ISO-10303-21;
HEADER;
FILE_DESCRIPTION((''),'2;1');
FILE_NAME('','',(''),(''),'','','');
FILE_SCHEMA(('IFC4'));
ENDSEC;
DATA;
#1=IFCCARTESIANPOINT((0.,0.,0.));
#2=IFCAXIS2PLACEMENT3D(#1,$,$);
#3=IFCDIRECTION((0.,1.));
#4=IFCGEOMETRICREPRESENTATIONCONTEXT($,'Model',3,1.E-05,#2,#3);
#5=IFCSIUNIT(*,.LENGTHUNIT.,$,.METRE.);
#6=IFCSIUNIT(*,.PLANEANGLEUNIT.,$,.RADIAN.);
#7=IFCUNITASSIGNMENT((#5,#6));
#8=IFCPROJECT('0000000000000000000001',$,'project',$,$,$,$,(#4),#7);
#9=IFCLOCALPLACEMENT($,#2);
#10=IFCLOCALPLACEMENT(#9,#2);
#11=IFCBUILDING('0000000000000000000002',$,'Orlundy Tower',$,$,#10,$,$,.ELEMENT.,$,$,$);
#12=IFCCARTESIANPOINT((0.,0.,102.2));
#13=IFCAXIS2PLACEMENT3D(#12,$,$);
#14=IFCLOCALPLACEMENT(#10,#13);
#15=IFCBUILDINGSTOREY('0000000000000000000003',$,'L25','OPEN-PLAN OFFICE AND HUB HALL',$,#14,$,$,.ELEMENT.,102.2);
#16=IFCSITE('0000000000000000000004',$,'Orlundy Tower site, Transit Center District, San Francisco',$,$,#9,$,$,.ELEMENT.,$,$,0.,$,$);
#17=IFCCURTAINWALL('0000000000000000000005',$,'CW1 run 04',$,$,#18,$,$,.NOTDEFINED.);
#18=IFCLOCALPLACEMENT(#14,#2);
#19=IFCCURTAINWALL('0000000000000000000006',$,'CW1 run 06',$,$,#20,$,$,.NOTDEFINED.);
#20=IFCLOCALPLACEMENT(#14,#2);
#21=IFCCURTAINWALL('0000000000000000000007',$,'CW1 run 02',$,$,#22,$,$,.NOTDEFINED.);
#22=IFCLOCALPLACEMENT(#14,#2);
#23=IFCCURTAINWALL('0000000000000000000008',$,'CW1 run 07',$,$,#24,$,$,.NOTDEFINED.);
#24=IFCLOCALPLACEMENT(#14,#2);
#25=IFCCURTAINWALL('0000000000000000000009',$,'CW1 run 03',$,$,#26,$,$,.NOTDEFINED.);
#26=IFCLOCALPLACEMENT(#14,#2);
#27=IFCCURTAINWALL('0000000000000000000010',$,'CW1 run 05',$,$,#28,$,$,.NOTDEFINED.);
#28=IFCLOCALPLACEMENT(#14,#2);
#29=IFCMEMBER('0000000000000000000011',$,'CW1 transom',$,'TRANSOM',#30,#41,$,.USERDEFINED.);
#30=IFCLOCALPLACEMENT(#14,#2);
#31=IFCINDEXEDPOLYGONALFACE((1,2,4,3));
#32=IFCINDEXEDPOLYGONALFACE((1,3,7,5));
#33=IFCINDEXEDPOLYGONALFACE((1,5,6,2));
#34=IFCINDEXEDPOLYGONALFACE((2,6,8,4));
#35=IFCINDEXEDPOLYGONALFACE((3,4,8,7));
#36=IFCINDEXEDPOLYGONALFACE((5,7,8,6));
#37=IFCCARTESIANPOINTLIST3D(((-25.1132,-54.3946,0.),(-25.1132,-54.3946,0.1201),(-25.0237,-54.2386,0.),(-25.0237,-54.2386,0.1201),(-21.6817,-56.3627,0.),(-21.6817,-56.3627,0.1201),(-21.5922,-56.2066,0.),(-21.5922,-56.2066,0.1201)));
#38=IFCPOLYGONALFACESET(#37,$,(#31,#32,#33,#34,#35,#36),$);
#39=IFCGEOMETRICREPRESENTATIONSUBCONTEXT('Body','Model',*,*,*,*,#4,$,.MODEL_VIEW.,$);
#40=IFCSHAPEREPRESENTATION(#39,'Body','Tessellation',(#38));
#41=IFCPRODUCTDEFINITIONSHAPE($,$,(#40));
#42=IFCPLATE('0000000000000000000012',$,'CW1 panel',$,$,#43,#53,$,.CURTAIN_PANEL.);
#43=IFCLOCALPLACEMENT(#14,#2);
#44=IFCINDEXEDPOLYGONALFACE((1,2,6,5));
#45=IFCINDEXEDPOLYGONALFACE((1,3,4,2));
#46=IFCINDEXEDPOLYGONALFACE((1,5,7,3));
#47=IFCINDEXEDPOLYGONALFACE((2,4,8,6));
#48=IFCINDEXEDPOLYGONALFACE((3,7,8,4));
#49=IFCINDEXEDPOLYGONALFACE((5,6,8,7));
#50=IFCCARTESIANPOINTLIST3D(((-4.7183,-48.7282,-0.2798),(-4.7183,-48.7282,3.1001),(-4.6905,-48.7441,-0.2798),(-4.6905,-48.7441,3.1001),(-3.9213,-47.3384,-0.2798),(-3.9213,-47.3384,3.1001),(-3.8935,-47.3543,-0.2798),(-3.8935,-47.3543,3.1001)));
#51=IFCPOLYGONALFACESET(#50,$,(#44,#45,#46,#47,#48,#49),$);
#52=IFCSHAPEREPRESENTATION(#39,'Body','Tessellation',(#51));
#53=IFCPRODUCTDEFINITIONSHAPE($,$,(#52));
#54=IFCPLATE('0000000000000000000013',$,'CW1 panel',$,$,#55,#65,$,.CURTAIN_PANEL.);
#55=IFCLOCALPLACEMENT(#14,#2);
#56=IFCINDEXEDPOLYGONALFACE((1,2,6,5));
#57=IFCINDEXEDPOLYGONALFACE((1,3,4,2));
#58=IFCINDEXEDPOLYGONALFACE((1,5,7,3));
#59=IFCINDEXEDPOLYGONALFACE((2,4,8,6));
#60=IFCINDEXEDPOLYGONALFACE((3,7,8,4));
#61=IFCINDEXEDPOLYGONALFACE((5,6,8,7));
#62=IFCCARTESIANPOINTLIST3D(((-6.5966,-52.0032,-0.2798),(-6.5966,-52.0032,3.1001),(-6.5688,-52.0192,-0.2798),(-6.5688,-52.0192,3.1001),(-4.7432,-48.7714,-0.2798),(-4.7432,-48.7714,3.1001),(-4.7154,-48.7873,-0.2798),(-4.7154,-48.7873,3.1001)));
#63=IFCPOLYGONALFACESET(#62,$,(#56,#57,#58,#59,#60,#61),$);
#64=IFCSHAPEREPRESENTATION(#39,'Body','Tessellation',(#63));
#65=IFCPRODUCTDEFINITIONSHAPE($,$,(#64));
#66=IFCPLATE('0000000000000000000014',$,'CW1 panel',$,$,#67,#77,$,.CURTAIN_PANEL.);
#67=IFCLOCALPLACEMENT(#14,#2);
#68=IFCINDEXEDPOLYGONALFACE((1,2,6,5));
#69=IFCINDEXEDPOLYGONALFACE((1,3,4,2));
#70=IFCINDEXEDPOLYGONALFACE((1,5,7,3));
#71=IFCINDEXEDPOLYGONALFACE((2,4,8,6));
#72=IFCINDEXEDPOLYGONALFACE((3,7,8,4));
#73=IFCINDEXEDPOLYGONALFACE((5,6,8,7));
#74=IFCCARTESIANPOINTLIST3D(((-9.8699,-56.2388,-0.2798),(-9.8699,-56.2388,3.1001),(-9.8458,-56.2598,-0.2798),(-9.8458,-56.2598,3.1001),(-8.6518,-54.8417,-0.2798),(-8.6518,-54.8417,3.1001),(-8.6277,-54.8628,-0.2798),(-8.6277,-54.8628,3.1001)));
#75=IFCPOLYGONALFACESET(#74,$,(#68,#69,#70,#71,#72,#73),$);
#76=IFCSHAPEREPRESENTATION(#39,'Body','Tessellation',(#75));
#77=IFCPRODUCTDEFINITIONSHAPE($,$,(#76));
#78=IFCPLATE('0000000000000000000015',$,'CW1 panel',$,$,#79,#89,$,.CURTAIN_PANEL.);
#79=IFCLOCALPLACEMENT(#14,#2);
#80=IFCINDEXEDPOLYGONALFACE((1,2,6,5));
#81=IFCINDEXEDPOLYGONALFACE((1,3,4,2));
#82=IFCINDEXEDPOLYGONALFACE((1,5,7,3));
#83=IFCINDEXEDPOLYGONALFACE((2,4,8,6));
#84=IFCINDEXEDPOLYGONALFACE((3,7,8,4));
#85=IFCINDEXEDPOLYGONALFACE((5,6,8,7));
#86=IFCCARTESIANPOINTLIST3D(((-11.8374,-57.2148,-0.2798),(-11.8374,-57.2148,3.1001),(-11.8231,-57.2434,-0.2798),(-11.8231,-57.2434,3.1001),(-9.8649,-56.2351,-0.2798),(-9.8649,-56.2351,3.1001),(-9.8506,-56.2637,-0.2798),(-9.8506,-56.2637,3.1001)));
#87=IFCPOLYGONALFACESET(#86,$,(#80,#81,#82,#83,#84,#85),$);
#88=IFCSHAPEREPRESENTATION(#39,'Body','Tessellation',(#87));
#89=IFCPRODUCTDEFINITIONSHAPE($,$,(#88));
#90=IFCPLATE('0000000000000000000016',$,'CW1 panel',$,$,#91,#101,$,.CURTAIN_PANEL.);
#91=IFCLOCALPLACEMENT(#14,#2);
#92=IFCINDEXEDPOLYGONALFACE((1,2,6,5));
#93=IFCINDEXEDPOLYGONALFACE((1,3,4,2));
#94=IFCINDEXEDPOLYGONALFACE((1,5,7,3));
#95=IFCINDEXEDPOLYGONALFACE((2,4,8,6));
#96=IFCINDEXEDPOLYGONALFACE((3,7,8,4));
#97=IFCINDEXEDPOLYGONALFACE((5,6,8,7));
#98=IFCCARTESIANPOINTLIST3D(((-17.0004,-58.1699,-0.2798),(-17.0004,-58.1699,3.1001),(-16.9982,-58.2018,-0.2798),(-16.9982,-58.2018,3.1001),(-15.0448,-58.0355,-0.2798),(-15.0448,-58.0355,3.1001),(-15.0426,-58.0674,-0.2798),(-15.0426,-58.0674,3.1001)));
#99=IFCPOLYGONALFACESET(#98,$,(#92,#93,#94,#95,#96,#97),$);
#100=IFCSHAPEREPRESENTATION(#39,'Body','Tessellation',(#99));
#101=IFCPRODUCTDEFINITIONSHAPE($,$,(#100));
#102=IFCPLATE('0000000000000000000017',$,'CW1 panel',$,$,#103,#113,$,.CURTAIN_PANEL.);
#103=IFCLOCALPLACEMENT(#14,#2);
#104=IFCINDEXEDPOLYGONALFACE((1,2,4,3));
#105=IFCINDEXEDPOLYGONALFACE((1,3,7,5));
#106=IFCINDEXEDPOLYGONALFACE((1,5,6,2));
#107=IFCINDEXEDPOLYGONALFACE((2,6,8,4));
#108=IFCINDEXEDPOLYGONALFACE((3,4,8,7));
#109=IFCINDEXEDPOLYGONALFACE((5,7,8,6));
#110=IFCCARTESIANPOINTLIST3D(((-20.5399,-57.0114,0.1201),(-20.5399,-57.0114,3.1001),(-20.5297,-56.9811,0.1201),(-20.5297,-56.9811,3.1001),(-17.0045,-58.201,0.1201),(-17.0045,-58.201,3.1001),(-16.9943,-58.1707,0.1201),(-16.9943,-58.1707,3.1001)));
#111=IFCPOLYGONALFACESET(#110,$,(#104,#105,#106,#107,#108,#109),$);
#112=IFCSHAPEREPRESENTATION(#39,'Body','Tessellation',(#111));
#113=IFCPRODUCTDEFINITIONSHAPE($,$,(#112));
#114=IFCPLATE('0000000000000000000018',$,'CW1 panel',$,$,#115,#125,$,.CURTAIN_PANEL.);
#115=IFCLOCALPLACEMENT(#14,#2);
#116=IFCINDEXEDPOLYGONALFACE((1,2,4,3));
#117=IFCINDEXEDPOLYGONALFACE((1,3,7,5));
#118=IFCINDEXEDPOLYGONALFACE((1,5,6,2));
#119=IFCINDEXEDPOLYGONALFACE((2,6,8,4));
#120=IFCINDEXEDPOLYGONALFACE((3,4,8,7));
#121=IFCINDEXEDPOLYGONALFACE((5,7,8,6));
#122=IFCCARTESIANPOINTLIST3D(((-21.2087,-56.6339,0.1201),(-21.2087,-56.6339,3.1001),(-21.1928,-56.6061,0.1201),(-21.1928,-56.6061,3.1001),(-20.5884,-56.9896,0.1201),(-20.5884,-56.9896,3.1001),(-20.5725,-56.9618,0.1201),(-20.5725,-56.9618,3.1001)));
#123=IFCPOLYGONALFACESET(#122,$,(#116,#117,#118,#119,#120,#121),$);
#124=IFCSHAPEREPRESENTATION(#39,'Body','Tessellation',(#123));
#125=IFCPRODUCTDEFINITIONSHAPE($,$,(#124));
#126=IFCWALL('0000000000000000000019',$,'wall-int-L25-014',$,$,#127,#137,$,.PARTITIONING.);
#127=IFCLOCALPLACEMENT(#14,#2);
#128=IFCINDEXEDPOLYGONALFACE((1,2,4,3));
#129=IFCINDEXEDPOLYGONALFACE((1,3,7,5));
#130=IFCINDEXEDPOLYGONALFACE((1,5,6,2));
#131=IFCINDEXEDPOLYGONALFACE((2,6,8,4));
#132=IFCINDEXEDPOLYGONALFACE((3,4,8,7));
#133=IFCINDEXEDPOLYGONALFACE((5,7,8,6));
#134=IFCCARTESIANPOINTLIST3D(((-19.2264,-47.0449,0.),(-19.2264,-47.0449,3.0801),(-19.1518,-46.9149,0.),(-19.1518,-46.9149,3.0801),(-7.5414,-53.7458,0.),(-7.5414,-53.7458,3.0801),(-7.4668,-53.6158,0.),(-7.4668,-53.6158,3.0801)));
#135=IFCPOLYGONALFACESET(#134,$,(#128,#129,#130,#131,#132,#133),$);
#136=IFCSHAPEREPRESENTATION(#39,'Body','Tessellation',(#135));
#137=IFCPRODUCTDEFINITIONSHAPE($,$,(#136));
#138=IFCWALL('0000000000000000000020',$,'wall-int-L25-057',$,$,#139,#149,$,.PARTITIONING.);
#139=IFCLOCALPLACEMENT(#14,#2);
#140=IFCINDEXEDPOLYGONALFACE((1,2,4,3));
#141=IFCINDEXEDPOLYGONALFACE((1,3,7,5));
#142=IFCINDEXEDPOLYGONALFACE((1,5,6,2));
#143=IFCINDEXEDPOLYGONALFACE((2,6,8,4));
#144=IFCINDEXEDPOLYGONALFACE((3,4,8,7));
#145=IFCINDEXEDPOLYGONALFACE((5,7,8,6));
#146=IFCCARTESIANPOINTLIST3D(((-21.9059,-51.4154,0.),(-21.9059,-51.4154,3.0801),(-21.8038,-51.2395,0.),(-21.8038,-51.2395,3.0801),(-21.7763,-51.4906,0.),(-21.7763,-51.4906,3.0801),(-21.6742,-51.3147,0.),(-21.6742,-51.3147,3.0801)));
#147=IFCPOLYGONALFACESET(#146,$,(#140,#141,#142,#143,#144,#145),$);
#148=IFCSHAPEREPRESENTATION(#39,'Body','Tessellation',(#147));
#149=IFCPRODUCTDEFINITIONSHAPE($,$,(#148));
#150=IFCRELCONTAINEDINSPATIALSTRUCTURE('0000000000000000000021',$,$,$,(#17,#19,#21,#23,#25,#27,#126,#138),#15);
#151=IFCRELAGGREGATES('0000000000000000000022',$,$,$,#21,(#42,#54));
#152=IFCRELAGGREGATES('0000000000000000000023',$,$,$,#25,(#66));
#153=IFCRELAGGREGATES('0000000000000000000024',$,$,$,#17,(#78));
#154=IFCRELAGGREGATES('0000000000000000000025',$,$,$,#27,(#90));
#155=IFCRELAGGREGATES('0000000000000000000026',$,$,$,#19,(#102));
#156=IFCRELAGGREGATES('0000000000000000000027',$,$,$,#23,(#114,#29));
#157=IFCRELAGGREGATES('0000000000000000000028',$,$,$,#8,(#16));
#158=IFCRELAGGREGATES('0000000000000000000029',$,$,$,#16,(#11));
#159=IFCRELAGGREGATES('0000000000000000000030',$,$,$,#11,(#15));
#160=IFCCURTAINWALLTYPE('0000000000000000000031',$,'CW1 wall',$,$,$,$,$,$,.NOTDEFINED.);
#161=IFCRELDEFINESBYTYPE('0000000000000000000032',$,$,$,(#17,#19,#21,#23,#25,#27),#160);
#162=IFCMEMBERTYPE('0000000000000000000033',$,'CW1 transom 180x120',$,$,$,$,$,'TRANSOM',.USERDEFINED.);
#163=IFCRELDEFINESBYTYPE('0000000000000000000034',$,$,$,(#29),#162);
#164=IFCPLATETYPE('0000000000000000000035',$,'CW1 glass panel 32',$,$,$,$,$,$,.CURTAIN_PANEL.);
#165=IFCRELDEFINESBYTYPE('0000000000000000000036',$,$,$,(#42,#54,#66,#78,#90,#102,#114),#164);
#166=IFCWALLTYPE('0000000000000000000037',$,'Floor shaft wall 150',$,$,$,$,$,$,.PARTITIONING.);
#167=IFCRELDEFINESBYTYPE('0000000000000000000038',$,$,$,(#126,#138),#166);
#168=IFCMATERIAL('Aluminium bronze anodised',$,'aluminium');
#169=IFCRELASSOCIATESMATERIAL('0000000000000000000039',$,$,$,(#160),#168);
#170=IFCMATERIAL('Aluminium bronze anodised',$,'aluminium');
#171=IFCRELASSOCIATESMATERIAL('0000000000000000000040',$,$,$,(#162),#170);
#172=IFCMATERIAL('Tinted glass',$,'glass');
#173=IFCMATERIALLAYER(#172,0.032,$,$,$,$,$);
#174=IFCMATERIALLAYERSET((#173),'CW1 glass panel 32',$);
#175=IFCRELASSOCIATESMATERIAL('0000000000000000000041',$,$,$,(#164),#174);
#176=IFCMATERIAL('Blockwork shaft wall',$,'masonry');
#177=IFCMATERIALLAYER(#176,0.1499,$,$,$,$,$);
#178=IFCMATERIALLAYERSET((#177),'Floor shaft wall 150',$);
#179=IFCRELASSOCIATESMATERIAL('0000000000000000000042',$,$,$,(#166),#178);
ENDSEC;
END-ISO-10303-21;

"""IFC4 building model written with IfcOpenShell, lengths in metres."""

from ifc_helpers import new_model, si_unit, direction, frame, frame_2d, origin, origin_2d, place, context, subcontext, project, spatial, rectangle, extrude, material, layer, layer_set, material_profile, profile_set, type_object, element, aggregate, save


model = new_model("IFC4")

# Units and contexts
model_context = context("Model", 3, precision=1e-05, world=origin(), true_north=direction((0.0, 1.0)))
body_context = subcontext(model_context, "Body", "Model", "MODEL_VIEW")
ifc_project = project(units=[si_unit("LENGTHUNIT", "METRE"), si_unit("PLANEANGLEUNIT", "RADIAN")], contexts=[model_context])

# Site, building, storey
site_placement = place(None, origin())
site = spatial("IfcSite", under=ifc_project, at=site_placement, Name="Orlundy Tower site, Transit Center District, San Francisco", CompositionType="ELEMENT", RefElevation=0.0)
building_placement = place(site_placement, origin())
building = spatial("IfcBuilding", under=site, at=building_placement, Name="Orlundy Tower", CompositionType="ELEMENT")
storey_placement = place(building_placement, frame((0.0, 0.0, 102.2)))
storey = spatial("IfcBuildingStorey", under=building, at=storey_placement, Name="L25", Description="OPEN-PLAN OFFICE AND HUB HALL", CompositionType="ELEMENT", Elevation=102.2)

# Curtain walls
ifc_material_1 = material(Name="Aluminium bronze anodised", Category="aluminium")
curtain_wall_type = type_object("IfcCurtainWallType", Name="CW1 wall", PredefinedType="NOTDEFINED", material=ifc_material_1)
curtain_wall_1_placement = place(storey_placement, origin())
curtain_wall_1 = element("IfcCurtainWall", 1, at=curtain_wall_1_placement, inside=storey, type_object=curtain_wall_type, Name="CW1 run 04", PredefinedType="NOTDEFINED")
curtain_wall_2_placement = place(storey_placement, origin())
curtain_wall_2 = element("IfcCurtainWall", 2, at=curtain_wall_2_placement, inside=storey, type_object=curtain_wall_type, Name="CW1 run 06", PredefinedType="NOTDEFINED")
curtain_wall_3_placement = place(storey_placement, origin())
curtain_wall_3 = element("IfcCurtainWall", 3, at=curtain_wall_3_placement, inside=storey, type_object=curtain_wall_type, Name="CW1 run 02", PredefinedType="NOTDEFINED")
curtain_wall_4_placement = place(storey_placement, origin())
curtain_wall_4 = element("IfcCurtainWall", 4, at=curtain_wall_4_placement, inside=storey, type_object=curtain_wall_type, Name="CW1 run 07", PredefinedType="NOTDEFINED")

# Shared definitions
ifc_material_2 = material(Name="Aluminium bronze anodised", Category="aluminium")
ifc_material_profile_1 = material_profile(ifc_material_2, rectangle(XDim=0.1799, YDim=0.1201, at=origin_2d()), Name="CW1 transom 180x120")
ifc_profile_set_1 = profile_set([ifc_material_profile_1], Name="Aluminium bronze anodised")
member_type_1 = type_object("IfcMemberType", Name="CW1 transom 180x120", ElementType="TRANSOM", PredefinedType="USERDEFINED", material=ifc_profile_set_1)

# Curtain wall
curtain_wall_5_placement = place(storey_placement, origin())
curtain_wall_5 = element("IfcCurtainWall", 5, at=curtain_wall_5_placement, inside=storey, type_object=curtain_wall_type, Name="CW1 run 03", PredefinedType="NOTDEFINED")

# Curtain wall
curtain_wall_6_placement = place(storey_placement, origin())
curtain_wall_6 = element("IfcCurtainWall", 6, at=curtain_wall_6_placement, inside=storey, type_object=curtain_wall_type, Name="CW1 run 05", PredefinedType="NOTDEFINED")

# Member
member_1_placement = place(storey_placement, frame((-21.637, -56.2847, 0.0601), z_axis=(-0.867456, 0.497514, 0.0), x_axis=(-0.497514, -0.867456, 0.0)))
member_1 = element("IfcMember", 7, at=member_1_placement, type_object=member_type_1, Name="CW1 transom", ObjectType="TRANSOM", PredefinedType="USERDEFINED", context=body_context, shape_type="SweptSolid", body=[
    extrude(rectangle(XDim=0.1799, YDim=0.1201, at=origin_2d()), origin(), (0.0, 0.0, 1.0), 3.9558),
])

# Plates
ifc_material_3 = material(Name="Tinted glass", Category="glass")
ifc_layer_1 = layer(ifc_material_3, 0.032)
ifc_layer_set_1 = layer_set([ifc_layer_1], Name="CW1 glass panel 32")
plate_type = type_object("IfcPlateType", Name="CW1 glass panel 32", PredefinedType="CURTAIN_PANEL", material=ifc_layer_set_1)
plate_1_placement = place(storey_placement, frame((-4.3059, -48.0413, -0.2798), z_axis=(0.0, 0.0, 1.0), x_axis=(-0.497473, -0.867479, 0.0)))
plate_1 = element("IfcPlate", 8, at=plate_1_placement, type_object=plate_type, Name="CW1 panel", PredefinedType="CURTAIN_PANEL", context=body_context, shape_type="SweptSolid", body=[
    extrude(rectangle(XDim=1.6021, YDim=0.032, at=origin_2d()), origin(), (0.0, 0.0, 1.0), 3.3799),
])
plate_2_placement = place(storey_placement, frame((-5.656, -50.3953, -0.2798), z_axis=(0.0, 0.0, 1.0), x_axis=(-0.497473, -0.867479, 0.0)))
plate_2 = element("IfcPlate", 9, at=plate_2_placement, type_object=plate_type, Name="CW1 panel", PredefinedType="CURTAIN_PANEL", context=body_context, shape_type="SweptSolid", body=[
    extrude(rectangle(XDim=3.7256, YDim=0.032, at=origin_2d()), origin(), (0.0, 0.0, 1.0), 3.3799),
])
aggregate(curtain_wall_3, [plate_1, plate_2])
plate_3_placement = place(storey_placement, frame((-9.2488, -55.5508, -0.2798), z_axis=(0.0, 0.0, 1.0), x_axis=(-0.657167, -0.753745, 0.0)))
plate_3 = element("IfcPlate", 10, at=plate_3_placement, type_object=plate_type, Name="CW1 panel", PredefinedType="CURTAIN_PANEL", context=body_context, shape_type="SweptSolid", body=[
    extrude(rectangle(XDim=1.8535, YDim=0.032, at=origin_2d()), origin(), (0.0, 0.0, 1.0), 3.3799),
])
aggregate(curtain_wall_5, [plate_3])
plate_4_placement = place(storey_placement, frame((-10.844, -56.7393, -0.2798), z_axis=(0.0, 0.0, 1.0), x_axis=(-0.895611, -0.444838, 0.0)))
plate_4 = element("IfcPlate", 11, at=plate_4_placement, type_object=plate_type, Name="CW1 panel", PredefinedType="CURTAIN_PANEL", context=body_context, shape_type="SweptSolid", body=[
    extrude(rectangle(XDim=2.2024, YDim=0.032, at=origin_2d()), origin(), (0.0, 0.0, 1.0), 3.3799),
])
aggregate(curtain_wall_1, [plate_4])
plate_5_placement = place(storey_placement, frame((-16.0215, -58.1187, -0.2798), z_axis=(0.0, 0.0, 1.0), x_axis=(-0.997649, -0.068524, 0.0)))
plate_5 = element("IfcPlate", 12, at=plate_5_placement, type_object=plate_type, Name="CW1 panel", PredefinedType="CURTAIN_PANEL", context=body_context, shape_type="SweptSolid", body=[
    extrude(rectangle(XDim=1.9602, YDim=0.032, at=origin_2d()), origin(), (0.0, 0.0, 1.0), 3.3799),
])
aggregate(curtain_wall_6, [plate_5])
plate_6_placement = place(storey_placement, frame((-18.7671, -57.5911, 0.1201), z_axis=(0.0, 0.0, 1.0), x_axis=(-0.947789, 0.318897, 0.0)))
plate_6 = element("IfcPlate", 13, at=plate_6_placement, type_object=plate_type, Name="CW1 panel", PredefinedType="CURTAIN_PANEL", context=body_context, shape_type="SweptSolid", body=[
    extrude(rectangle(XDim=3.7302, YDim=0.032, at=origin_2d()), origin(), (0.0, 0.0, 1.0), 2.98),
])
aggregate(curtain_wall_2, [plate_6])
plate_7_placement = place(storey_placement, frame((-20.8906, -56.7979, 0.1201), z_axis=(0.0, 0.0, 1.0), x_axis=(-0.867477, 0.497477, 0.0)))
plate_7 = element("IfcPlate", 14, at=plate_7_placement, type_object=plate_type, Name="CW1 panel", PredefinedType="CURTAIN_PANEL", context=body_context, shape_type="SweptSolid", body=[
    extrude(rectangle(XDim=0.7151, YDim=0.032, at=origin_2d()), origin(), (0.0, 0.0, 1.0), 2.98),
])
aggregate(curtain_wall_4, [plate_7, member_1])

# Walls
ifc_material_4 = material(Name="Blockwork shaft wall", Category="masonry")
ifc_layer_2 = layer(ifc_material_4, 0.1499)
ifc_layer_set_2 = layer_set([ifc_layer_2], Name="Floor shaft wall 150")
wall_type = type_object("IfcWallType", Name="Floor shaft wall 150", PredefinedType="PARTITIONING", material=ifc_layer_set_2)
wall_1_placement = place(storey_placement, frame((-19.189, -46.98, 0.0), z_axis=(0.0, 0.0, 1.0), x_axis=(0.867483, -0.497468, 0.0)))
element("IfcWall", 15, at=wall_1_placement, inside=storey, type_object=wall_type, Name="wall-int-L25-014", PredefinedType="PARTITIONING", context=body_context, shape_type="SweptSolid", body=[
    extrude(rectangle(XDim=13.47, YDim=0.1499, at=frame_2d((6.7349, 0.0))), origin(), (0.0, 0.0, 1.0), 3.0801),
])
wall_2_placement = place(storey_placement, frame((-21.8411, -51.4529, 0.0), z_axis=(0.0, 0.0, 1.0), x_axis=(0.502078, 0.864823, 0.0)))
element("IfcWall", 16, at=wall_2_placement, inside=storey, type_object=wall_type, Name="wall-int-L25-057", PredefinedType="PARTITIONING", context=body_context, shape_type="SweptSolid", body=[
    extrude(rectangle(XDim=0.2034, YDim=0.1499, at=frame_2d((0.1016, 0.0))), origin(), (0.0, 0.0, 1.0), 3.0801),
])

save(model, "model.ifc")
